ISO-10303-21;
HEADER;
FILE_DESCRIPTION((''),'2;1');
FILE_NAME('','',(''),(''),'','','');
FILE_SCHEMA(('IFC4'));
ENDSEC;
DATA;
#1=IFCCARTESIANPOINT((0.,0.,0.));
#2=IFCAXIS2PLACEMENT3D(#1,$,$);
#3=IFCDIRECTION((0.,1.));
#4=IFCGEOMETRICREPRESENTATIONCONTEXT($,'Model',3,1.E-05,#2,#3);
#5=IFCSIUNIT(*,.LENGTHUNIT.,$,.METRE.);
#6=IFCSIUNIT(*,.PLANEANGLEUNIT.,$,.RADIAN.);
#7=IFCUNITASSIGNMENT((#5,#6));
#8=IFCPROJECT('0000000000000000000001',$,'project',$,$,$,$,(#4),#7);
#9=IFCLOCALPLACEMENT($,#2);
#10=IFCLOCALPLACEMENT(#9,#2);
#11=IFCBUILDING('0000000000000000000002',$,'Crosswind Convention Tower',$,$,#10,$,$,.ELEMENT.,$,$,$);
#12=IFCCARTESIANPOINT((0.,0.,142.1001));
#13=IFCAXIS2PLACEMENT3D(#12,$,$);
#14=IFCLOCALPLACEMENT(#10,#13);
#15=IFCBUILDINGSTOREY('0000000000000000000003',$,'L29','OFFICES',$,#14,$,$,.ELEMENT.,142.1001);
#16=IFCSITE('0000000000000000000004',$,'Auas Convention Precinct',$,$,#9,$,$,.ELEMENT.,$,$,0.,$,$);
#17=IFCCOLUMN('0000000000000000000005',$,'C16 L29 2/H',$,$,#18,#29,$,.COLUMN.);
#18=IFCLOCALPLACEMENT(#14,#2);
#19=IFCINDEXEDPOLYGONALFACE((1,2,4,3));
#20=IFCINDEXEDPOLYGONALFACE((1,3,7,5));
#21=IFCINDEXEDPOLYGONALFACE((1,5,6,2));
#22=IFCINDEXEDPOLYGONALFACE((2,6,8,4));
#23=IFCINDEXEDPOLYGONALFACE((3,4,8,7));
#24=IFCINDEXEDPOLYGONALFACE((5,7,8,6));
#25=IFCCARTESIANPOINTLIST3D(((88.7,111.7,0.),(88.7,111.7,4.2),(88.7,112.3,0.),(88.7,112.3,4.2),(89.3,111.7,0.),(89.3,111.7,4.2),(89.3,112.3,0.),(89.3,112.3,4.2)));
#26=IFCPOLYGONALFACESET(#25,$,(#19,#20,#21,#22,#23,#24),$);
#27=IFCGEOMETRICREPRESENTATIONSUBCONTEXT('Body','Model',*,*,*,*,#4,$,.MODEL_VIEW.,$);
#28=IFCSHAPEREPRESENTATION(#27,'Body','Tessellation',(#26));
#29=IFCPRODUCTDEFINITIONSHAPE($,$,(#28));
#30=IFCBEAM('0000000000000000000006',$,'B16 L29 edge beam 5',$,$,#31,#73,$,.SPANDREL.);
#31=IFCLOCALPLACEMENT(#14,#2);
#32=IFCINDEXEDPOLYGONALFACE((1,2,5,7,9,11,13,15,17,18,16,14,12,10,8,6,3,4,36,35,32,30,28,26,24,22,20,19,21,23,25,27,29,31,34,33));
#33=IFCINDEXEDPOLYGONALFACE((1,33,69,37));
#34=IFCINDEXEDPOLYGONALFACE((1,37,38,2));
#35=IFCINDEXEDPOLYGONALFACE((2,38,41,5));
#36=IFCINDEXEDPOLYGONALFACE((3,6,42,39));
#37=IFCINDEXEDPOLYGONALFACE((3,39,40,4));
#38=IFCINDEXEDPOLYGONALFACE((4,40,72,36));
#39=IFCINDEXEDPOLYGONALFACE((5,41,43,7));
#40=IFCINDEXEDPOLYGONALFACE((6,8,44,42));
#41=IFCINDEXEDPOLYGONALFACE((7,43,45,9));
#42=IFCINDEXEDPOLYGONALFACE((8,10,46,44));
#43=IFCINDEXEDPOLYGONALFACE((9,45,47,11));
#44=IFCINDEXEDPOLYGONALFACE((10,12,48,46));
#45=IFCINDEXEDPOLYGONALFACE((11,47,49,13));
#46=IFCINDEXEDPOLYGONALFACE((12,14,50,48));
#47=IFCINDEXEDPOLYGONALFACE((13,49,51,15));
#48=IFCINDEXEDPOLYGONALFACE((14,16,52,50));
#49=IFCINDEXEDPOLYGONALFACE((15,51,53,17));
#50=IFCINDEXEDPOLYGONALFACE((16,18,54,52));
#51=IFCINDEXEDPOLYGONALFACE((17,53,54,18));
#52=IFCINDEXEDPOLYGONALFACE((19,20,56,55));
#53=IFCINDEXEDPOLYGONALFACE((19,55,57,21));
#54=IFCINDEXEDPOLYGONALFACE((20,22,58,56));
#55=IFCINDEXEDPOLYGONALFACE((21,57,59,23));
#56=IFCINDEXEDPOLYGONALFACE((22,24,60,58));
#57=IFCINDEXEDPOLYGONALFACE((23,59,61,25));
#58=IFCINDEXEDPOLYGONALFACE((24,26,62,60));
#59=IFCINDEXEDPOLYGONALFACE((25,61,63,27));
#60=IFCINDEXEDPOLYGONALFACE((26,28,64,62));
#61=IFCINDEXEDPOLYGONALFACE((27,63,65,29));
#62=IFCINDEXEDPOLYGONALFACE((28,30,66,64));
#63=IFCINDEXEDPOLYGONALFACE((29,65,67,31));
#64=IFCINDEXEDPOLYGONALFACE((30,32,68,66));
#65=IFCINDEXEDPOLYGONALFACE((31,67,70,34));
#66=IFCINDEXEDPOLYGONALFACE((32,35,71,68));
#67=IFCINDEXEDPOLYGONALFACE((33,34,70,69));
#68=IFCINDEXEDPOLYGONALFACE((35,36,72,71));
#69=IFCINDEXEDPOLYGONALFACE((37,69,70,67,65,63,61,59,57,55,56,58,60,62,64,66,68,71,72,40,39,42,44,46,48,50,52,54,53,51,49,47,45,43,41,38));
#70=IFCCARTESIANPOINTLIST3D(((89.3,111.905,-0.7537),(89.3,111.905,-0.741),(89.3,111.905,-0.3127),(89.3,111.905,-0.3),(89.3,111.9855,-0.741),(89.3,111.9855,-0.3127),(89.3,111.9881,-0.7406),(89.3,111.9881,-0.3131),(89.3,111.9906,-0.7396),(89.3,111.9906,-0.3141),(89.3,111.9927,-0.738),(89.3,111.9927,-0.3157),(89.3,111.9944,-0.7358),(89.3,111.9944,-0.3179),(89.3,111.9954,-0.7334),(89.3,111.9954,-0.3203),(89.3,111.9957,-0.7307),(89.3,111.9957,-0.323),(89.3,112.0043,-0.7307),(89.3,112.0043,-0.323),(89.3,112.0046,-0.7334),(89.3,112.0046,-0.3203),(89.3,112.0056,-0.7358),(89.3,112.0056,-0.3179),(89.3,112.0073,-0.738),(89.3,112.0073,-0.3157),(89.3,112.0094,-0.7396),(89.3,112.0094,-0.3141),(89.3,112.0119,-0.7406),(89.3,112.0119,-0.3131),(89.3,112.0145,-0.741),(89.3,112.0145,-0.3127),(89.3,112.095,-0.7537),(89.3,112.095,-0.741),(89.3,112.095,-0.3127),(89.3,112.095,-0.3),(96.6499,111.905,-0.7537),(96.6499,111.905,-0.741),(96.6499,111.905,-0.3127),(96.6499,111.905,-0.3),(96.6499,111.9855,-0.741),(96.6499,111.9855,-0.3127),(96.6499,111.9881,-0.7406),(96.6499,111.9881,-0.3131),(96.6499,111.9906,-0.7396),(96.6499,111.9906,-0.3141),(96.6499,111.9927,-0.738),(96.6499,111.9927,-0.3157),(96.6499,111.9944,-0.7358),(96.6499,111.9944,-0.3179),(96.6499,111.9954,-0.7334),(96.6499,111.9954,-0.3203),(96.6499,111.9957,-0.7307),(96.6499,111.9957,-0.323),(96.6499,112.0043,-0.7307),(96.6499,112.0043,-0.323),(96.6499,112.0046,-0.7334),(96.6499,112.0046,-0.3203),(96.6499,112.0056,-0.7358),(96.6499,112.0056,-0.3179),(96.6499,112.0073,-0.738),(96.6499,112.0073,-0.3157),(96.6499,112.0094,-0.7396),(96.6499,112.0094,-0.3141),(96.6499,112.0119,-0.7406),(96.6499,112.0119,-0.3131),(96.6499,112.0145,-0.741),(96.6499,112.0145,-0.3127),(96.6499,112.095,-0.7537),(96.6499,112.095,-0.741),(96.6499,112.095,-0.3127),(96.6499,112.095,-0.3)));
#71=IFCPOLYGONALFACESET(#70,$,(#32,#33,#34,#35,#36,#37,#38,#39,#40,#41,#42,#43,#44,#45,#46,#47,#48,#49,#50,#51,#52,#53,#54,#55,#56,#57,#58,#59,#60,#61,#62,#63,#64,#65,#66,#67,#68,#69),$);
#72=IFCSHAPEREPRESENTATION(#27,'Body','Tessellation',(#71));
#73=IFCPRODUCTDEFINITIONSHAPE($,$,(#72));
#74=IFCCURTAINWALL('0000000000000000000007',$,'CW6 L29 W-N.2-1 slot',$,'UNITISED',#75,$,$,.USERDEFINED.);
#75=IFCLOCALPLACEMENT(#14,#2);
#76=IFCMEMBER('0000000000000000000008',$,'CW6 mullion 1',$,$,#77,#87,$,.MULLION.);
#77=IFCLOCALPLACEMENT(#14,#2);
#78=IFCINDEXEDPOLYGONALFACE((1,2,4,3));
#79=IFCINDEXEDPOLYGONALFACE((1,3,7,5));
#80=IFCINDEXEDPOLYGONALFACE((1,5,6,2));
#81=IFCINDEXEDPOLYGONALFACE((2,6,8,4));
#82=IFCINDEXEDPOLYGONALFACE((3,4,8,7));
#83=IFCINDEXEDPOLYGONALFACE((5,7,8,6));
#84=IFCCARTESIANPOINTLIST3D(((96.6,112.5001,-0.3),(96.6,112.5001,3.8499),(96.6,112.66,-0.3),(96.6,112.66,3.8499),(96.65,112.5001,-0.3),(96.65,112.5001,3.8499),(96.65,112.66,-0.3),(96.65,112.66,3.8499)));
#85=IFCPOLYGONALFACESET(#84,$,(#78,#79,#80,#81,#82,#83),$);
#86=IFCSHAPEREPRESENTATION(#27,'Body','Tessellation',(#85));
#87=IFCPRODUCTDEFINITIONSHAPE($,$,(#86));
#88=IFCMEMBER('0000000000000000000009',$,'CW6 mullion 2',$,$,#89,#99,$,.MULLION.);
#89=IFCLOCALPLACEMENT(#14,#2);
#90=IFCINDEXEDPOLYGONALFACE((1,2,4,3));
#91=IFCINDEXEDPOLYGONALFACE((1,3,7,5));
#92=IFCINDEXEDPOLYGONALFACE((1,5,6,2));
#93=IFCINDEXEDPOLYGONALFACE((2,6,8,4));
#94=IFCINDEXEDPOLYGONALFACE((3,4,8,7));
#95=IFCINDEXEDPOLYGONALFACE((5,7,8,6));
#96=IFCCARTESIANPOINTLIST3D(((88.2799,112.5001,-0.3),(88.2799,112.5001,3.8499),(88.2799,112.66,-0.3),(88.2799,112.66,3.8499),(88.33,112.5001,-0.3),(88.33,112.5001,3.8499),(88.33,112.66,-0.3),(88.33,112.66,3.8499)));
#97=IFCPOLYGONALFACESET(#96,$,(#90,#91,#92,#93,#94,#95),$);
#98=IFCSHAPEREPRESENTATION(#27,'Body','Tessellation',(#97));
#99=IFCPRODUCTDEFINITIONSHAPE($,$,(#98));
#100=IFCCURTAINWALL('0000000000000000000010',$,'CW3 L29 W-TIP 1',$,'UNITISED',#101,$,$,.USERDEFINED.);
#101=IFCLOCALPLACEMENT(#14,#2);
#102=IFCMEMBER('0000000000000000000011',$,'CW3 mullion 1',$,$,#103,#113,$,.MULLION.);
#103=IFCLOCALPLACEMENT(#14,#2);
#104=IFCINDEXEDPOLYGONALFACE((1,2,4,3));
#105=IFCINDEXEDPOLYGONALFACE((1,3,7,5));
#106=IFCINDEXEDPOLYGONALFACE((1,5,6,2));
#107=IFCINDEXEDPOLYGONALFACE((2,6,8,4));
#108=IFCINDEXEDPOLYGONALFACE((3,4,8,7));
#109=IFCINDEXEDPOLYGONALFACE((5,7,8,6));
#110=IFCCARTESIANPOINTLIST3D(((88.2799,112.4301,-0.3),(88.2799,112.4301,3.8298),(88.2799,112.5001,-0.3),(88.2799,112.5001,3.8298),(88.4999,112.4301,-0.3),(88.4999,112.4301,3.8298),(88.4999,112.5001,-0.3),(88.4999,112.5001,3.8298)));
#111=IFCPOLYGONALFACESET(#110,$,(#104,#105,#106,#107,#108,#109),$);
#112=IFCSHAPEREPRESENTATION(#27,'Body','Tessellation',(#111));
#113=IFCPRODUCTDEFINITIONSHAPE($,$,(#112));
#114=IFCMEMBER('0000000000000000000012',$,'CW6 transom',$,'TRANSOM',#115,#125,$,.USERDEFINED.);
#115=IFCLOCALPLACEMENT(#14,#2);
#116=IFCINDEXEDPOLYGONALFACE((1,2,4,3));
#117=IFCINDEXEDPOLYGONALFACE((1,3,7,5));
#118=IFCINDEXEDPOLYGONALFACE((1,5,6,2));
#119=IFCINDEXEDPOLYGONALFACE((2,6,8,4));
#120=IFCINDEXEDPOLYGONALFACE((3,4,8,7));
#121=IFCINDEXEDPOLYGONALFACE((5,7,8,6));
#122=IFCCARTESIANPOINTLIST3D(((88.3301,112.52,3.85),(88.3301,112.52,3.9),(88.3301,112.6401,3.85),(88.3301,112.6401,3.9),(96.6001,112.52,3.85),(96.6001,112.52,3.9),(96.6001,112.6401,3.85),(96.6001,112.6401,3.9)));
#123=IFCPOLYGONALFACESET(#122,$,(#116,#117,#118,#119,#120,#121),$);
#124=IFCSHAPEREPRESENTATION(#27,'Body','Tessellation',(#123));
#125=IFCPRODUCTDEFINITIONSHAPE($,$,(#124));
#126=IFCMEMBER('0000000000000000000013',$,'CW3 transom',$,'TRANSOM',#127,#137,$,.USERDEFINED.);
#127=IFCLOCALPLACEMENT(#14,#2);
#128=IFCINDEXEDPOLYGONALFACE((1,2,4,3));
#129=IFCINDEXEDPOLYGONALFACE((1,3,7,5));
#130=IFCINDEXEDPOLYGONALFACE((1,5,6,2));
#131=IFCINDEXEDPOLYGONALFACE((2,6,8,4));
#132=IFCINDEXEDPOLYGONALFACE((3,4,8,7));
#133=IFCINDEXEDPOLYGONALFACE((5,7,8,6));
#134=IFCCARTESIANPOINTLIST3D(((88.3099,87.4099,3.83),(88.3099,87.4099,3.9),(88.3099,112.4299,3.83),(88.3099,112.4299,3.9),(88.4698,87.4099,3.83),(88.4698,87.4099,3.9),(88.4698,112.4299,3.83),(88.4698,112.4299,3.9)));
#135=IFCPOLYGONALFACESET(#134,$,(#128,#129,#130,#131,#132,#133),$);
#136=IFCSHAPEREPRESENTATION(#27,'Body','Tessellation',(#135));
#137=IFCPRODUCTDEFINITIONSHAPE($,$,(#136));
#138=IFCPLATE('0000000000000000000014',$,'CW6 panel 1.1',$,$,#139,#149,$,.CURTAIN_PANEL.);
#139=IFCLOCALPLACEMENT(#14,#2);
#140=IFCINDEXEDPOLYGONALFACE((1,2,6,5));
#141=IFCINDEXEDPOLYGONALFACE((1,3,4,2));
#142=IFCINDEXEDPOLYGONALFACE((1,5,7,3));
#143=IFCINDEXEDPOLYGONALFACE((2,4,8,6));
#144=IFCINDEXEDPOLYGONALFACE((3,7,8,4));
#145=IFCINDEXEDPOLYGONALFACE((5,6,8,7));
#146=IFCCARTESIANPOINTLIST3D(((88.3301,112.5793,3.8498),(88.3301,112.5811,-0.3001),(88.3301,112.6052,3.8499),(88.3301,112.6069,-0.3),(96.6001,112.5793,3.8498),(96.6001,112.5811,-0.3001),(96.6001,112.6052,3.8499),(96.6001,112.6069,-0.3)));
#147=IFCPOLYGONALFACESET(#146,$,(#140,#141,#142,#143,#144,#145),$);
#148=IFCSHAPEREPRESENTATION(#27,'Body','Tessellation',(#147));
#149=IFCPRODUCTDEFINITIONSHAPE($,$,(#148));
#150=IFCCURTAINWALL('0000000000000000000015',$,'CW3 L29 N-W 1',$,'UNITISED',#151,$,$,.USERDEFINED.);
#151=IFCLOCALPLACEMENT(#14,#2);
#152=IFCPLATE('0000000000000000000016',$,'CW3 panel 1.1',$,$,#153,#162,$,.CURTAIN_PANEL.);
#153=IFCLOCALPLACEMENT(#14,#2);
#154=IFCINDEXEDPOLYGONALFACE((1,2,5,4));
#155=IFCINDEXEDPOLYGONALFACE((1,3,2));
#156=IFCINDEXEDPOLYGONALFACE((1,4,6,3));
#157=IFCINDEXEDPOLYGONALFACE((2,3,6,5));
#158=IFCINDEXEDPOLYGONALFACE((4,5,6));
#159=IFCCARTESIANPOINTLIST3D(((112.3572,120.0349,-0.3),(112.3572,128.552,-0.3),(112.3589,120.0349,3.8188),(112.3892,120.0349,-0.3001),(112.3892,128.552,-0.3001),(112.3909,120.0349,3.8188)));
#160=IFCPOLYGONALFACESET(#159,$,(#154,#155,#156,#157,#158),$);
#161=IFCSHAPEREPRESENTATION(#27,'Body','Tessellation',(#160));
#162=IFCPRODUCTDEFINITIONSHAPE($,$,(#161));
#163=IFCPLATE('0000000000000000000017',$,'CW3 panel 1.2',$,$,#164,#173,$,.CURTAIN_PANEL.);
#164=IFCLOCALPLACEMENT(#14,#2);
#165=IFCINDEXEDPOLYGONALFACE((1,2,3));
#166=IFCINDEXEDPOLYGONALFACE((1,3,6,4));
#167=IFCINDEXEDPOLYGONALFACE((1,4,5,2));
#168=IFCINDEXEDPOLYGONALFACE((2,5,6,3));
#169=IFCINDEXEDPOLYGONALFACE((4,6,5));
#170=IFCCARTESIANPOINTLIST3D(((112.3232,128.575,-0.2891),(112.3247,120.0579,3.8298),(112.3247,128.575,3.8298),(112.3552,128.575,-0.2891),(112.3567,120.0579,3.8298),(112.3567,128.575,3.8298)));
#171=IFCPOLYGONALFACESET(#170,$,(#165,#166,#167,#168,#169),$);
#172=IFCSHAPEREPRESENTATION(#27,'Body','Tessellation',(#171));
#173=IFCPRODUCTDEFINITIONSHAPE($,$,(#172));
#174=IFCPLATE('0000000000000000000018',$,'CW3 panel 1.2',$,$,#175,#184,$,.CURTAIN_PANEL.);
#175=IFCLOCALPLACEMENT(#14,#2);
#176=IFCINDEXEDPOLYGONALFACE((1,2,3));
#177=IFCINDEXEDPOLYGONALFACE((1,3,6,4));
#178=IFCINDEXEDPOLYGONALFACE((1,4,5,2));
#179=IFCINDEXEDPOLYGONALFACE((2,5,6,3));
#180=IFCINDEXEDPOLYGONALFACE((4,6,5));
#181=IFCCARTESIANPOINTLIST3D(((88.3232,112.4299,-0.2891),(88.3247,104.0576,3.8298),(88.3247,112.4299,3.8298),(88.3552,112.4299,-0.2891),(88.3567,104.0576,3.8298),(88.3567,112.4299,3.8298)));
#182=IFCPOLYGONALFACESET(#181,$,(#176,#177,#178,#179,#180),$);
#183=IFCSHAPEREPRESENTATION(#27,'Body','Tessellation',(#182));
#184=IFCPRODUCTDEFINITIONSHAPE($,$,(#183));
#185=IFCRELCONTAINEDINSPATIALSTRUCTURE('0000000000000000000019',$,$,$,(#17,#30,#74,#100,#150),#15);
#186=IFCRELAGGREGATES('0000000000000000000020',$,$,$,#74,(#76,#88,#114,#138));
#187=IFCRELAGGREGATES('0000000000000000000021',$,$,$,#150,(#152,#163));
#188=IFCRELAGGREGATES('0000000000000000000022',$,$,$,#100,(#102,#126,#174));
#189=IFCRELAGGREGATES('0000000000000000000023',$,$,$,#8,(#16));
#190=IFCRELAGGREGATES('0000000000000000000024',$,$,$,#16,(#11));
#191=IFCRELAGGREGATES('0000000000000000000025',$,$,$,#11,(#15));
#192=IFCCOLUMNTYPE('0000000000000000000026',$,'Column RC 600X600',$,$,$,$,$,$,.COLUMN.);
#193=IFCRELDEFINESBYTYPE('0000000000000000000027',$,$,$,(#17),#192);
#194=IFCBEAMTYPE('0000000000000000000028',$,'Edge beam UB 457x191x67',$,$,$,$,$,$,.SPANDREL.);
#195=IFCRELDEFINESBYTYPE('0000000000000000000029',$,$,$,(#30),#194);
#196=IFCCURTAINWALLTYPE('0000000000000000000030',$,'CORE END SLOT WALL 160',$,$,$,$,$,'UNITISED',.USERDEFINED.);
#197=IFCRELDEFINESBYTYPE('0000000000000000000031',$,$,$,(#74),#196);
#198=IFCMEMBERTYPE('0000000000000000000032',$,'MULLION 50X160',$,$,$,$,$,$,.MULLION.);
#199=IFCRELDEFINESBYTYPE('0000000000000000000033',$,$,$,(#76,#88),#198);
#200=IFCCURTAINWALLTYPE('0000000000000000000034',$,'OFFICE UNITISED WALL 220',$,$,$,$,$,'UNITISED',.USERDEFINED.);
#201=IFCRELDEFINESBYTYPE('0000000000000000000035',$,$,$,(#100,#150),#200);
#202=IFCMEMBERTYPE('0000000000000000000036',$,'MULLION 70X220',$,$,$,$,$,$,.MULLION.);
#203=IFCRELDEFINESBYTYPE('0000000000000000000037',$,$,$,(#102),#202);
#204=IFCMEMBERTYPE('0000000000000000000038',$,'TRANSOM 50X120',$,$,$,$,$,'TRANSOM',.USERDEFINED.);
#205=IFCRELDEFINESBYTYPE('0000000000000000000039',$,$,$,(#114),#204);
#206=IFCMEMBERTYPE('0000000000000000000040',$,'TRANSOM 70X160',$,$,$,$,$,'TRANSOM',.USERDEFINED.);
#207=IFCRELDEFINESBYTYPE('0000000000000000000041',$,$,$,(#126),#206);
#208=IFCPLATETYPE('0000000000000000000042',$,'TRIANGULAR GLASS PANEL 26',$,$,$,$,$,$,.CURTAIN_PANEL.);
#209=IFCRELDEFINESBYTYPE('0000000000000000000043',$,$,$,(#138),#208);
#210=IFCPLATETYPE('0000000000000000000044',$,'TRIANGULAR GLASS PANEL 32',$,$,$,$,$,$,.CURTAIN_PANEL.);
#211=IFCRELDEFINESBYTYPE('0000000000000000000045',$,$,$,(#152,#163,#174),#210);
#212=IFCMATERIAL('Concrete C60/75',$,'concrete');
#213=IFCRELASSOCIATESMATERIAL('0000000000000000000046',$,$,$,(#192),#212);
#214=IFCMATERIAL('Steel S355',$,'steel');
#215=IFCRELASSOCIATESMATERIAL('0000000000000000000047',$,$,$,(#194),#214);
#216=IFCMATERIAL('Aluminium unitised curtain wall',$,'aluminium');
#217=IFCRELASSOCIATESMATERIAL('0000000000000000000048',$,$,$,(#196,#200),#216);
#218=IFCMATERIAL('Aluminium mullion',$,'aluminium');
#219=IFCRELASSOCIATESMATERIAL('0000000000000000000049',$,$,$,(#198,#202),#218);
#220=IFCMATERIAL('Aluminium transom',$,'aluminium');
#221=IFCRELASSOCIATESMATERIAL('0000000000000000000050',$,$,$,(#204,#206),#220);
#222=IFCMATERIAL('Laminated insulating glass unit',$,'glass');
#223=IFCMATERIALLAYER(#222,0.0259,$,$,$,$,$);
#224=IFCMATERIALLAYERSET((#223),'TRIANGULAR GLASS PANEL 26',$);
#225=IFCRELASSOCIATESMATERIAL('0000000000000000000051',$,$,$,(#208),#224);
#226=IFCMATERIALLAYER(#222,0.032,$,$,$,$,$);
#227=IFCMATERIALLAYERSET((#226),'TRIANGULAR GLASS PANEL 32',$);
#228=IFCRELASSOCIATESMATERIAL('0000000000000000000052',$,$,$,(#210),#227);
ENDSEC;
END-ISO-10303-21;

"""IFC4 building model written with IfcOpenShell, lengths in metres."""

from ifc_helpers import new_model, si_unit, direction, frame, origin, origin_2d, place, context, subcontext, project, spatial, polyline, rectangle, i_section, outline, extrude, material, layer, layer_set, material_profile, profile_set, type_object, element, aggregate, save


model = new_model("IFC4")

# Units and contexts
model_context = context("Model", 3, precision=1e-05, world=origin(), true_north=direction((0.0, 1.0)))
body_context = subcontext(model_context, "Body", "Model", "MODEL_VIEW")
ifc_project = project(units=[si_unit("LENGTHUNIT", "METRE"), si_unit("PLANEANGLEUNIT", "RADIAN")], contexts=[model_context])

# Site, building, storey
site_placement = place(None, origin())
site = spatial("IfcSite", under=ifc_project, at=site_placement, Name="Auas Convention Precinct", CompositionType="ELEMENT", RefElevation=0.0)
building_placement = place(site_placement, origin())
building = spatial("IfcBuilding", under=site, at=building_placement, Name="Crosswind Convention Tower", CompositionType="ELEMENT")
storey_placement = place(building_placement, frame((0.0, 0.0, 142.1001)))
storey = spatial("IfcBuildingStorey", under=building, at=storey_placement, Name="L29", Description="OFFICES", CompositionType="ELEMENT", Elevation=142.1001)

# Column
ifc_material_1 = material(Name="Concrete C60/75", Category="concrete")
ifc_material_profile_1 = material_profile(ifc_material_1, rectangle(XDim=0.6001, YDim=0.6001, at=origin_2d()), Name="RC 600X600")
ifc_profile_set_1 = profile_set([ifc_material_profile_1], Name="Concrete C60/75")
column_type = type_object("IfcColumnType", Name="Column RC 600X600", PredefinedType="COLUMN", material=ifc_profile_set_1)
column_placement = place(storey_placement, frame((89.0, 112.0, 0.0), z_axis=(0.0, 0.0, 1.0), x_axis=(1.0, 0.0, 0.0)))
element("IfcColumn", 1, at=column_placement, inside=storey, type_object=column_type, Name="C16 L29 2/H", PredefinedType="COLUMN", context=body_context, shape_type="SweptSolid", body=[
    extrude(rectangle(XDim=0.6001, YDim=0.6001, at=origin_2d()), origin(), (0.0, 0.0, 1.0), 4.2),
])

# Beam
ifc_material_2 = material(Name="Steel S355", Category="steel")
ifc_material_profile_2 = material_profile(ifc_material_2, i_section(OverallWidth=0.1899, OverallDepth=0.4536, WebThickness=0.0085, FlangeThickness=0.0127, FilletRadius=0.0103, at=origin_2d()), Name="UB 457x191x67")
ifc_profile_set_2 = profile_set([ifc_material_profile_2], Name="Steel S355")
beam_type = type_object("IfcBeamType", Name="Edge beam UB 457x191x67", PredefinedType="SPANDREL", material=ifc_profile_set_2)
beam_placement = place(storey_placement, frame((89.3, 112.0, -0.5269), z_axis=(1.0, 0.0, 0.0), x_axis=(0.0, 1.0, 0.0)))
element("IfcBeam", 2, at=beam_placement, inside=storey, type_object=beam_type, Name="B16 L29 edge beam 5", PredefinedType="SPANDREL", context=body_context, shape_type="SweptSolid", body=[
    extrude(i_section(OverallWidth=0.1899, OverallDepth=0.4536, WebThickness=0.0085, FlangeThickness=0.0127, FilletRadius=0.0103, at=origin_2d()), origin(), (0.0, 0.0, 1.0), 7.3499),
])

# Curtain wall, members
ifc_material_3 = material(Name="Aluminium unitised curtain wall", Category="aluminium")
curtain_wall_type_1 = type_object("IfcCurtainWallType", Name="CORE END SLOT WALL 160", ElementType="UNITISED", PredefinedType="USERDEFINED", material=ifc_material_3)
curtain_wall_1_placement = place(storey_placement, origin())
curtain_wall_1 = element("IfcCurtainWall", 3, at=curtain_wall_1_placement, inside=storey, type_object=curtain_wall_type_1, Name="CW6 L29 W-N.2-1 slot", ObjectType="UNITISED", PredefinedType="USERDEFINED")
ifc_material_4 = material(Name="Aluminium mullion", Category="aluminium")
ifc_material_profile_3 = material_profile(ifc_material_4, rectangle(XDim=0.1599, YDim=0.05, at=origin_2d()), Name="AL 160X50")
ifc_profile_set_3 = profile_set([ifc_material_profile_3], Name="Aluminium mullion")
member_type_1 = type_object("IfcMemberType", Name="MULLION 50X160", PredefinedType="MULLION", material=ifc_profile_set_3)
member_1_placement = place(storey_placement, frame((96.625, 112.5801, -0.3), z_axis=(0.0, 0.0, 1.0), x_axis=(0.0, 1.0, 0.0)))
member_1 = element("IfcMember", 4, at=member_1_placement, type_object=member_type_1, Name="CW6 mullion 1", PredefinedType="MULLION", context=body_context, shape_type="SweptSolid", body=[
    extrude(rectangle(XDim=0.1599, YDim=0.05, at=origin_2d()), origin(), (0.0, 0.0, 1.0), 4.1499),
])
member_2_placement = place(storey_placement, frame((88.3049, 112.5801, -0.3), z_axis=(0.0, 0.0, 1.0), x_axis=(0.0, 1.0, 0.0)))
member_2 = element("IfcMember", 5, at=member_2_placement, type_object=member_type_1, Name="CW6 mullion 2", PredefinedType="MULLION", context=body_context, shape_type="SweptSolid", body=[
    extrude(rectangle(XDim=0.1599, YDim=0.05, at=origin_2d()), origin(), (0.0, 0.0, 1.0), 4.1499),
])

# Curtain wall, member
curtain_wall_type_2 = type_object("IfcCurtainWallType", Name="OFFICE UNITISED WALL 220", ElementType="UNITISED", PredefinedType="USERDEFINED", material=ifc_material_3)
curtain_wall_2_placement = place(storey_placement, origin())
curtain_wall_2 = element("IfcCurtainWall", 6, at=curtain_wall_2_placement, inside=storey, type_object=curtain_wall_type_2, Name="CW3 L29 W-TIP 1", ObjectType="UNITISED", PredefinedType="USERDEFINED")
ifc_material_profile_4 = material_profile(ifc_material_4, rectangle(XDim=0.22, YDim=0.0701, at=origin_2d()), Name="AL 220X70")
ifc_profile_set_4 = profile_set([ifc_material_profile_4], Name="Aluminium mullion")
member_type_2 = type_object("IfcMemberType", Name="MULLION 70X220", PredefinedType="MULLION", material=ifc_profile_set_4)
member_3_placement = place(storey_placement, frame((88.3899, 112.4651, -0.3), z_axis=(0.0, 0.0, 1.0), x_axis=(-1.0, 0.0, 0.0)))
member_3 = element("IfcMember", 7, at=member_3_placement, type_object=member_type_2, Name="CW3 mullion 1", PredefinedType="MULLION", context=body_context, shape_type="SweptSolid", body=[
    extrude(rectangle(XDim=0.22, YDim=0.0701, at=origin_2d()), origin(), (0.0, 0.0, 1.0), 4.1299),
])

# Members
ifc_material_5 = material(Name="Aluminium transom", Category="aluminium")
ifc_material_profile_5 = material_profile(ifc_material_5, rectangle(XDim=0.1201, YDim=0.05, at=origin_2d()), Name="AL 120X50")
ifc_profile_set_5 = profile_set([ifc_material_profile_5], Name="Aluminium transom")
member_type_3 = type_object("IfcMemberType", Name="TRANSOM 50X120", ElementType="TRANSOM", PredefinedType="USERDEFINED", material=ifc_profile_set_5)
member_4_placement = place(storey_placement, frame((96.6001, 112.5801, 3.875), z_axis=(-1.0, 0.0, 0.0), x_axis=(0.0, -1.0, 0.0)))
member_4 = element("IfcMember", 8, at=member_4_placement, type_object=member_type_3, Name="CW6 transom", ObjectType="TRANSOM", PredefinedType="USERDEFINED", context=body_context, shape_type="SweptSolid", body=[
    extrude(rectangle(XDim=0.1201, YDim=0.05, at=origin_2d()), origin(), (0.0, 0.0, 1.0), 8.27),
])
ifc_material_profile_6 = material_profile(ifc_material_5, rectangle(XDim=0.1599, YDim=0.0701, at=origin_2d()), Name="AL 160X70")
ifc_profile_set_6 = profile_set([ifc_material_profile_6], Name="Aluminium transom")
member_type_4 = type_object("IfcMemberType", Name="TRANSOM 70X160", ElementType="TRANSOM", PredefinedType="USERDEFINED", material=ifc_profile_set_6)
member_5_placement = place(storey_placement, frame((88.3899, 112.4299, 3.865), z_axis=(0.0, -1.0, 0.0), x_axis=(1.0, 0.0, 0.0)))
member_5 = element("IfcMember", 9, at=member_5_placement, type_object=member_type_4, Name="CW3 transom", ObjectType="TRANSOM", PredefinedType="USERDEFINED", context=body_context, shape_type="SweptSolid", body=[
    extrude(rectangle(XDim=0.1599, YDim=0.0701, at=origin_2d()), origin(), (0.0, 0.0, 1.0), 25.02),
])

# Plate
ifc_material_6 = material(Name="Laminated insulating glass unit", Category="glass")
ifc_layer_1 = layer(ifc_material_6, 0.0259)
ifc_layer_set_1 = layer_set([ifc_layer_1], Name="TRIANGULAR GLASS PANEL 26")
plate_type_1 = type_object("IfcPlateType", Name="TRIANGULAR GLASS PANEL 26", PredefinedType="CURTAIN_PANEL", material=ifc_layer_set_1)
plate_1_placement = place(storey_placement, frame((96.6001, 112.6069, -0.3), z_axis=(0.0, 1.0, 0.000412), x_axis=(-1.0, 0.0, 0.0)))
plate_1 = element("IfcPlate", 10, at=plate_1_placement, type_object=plate_type_1, Name="CW6 panel 1.1", PredefinedType="CURTAIN_PANEL", context=body_context, shape_type="SweptSolid", body=[
    extrude(outline(polyline([(0.0, 0.0), (8.27, 0.0), (8.27, 4.1499), (0.0, 4.1499), (0.0, 0.0)])), origin(), (0.0, 0.0, -1.0), 0.0259),
])
aggregate(curtain_wall_1, [member_1, member_2, member_4, plate_1])

# Curtain wall, plates
curtain_wall_3_placement = place(storey_placement, origin())
curtain_wall_3 = element("IfcCurtainWall", 11, at=curtain_wall_3_placement, inside=storey, type_object=curtain_wall_type_2, Name="CW3 L29 N-W 1", ObjectType="UNITISED", PredefinedType="USERDEFINED")
ifc_layer_2 = layer(ifc_material_6, 0.032)
ifc_layer_set_2 = layer_set([ifc_layer_2], Name="TRIANGULAR GLASS PANEL 32")
plate_type_2 = type_object("IfcPlateType", Name="TRIANGULAR GLASS PANEL 32", PredefinedType="CURTAIN_PANEL", material=ifc_layer_set_2)
plate_2_placement = place(storey_placement, frame((112.3572, 120.0349, -0.3), z_axis=(-1.0, 0.0, 0.000415), x_axis=(0.000415, 0.0, 1.0)))
plate_2 = element("IfcPlate", 12, at=plate_2_placement, type_object=plate_type_2, Name="CW3 panel 1.1", PredefinedType="CURTAIN_PANEL", context=body_context, shape_type="SweptSolid", body=[
    extrude(outline(polyline([(0.0, 0.0), (4.1189, 0.0), (0.0, 8.5171), (0.0, 0.0)])), origin(), (0.0, 0.0, -1.0), 0.032),
])
plate_3_placement = place(storey_placement, frame((112.3247, 128.575, 3.8298), z_axis=(-1.0, 0.0, 0.000356), x_axis=(-0.000356, 0.0, -1.0)))
plate_3 = element("IfcPlate", 13, at=plate_3_placement, type_object=plate_type_2, Name="CW3 panel 1.2", PredefinedType="CURTAIN_PANEL", context=body_context, shape_type="SweptSolid", body=[
    extrude(outline(polyline([(0.0, 0.0), (4.1189, 0.0), (0.0, 8.5171), (0.0, 0.0)])), origin(), (0.0, 0.0, -1.0), 0.032),
])

# Plate
plate_4_placement = place(storey_placement, frame((88.3247, 112.4299, 3.8298), z_axis=(-1.0, 0.0, 0.000356), x_axis=(-0.000356, 0.0, -1.0)))
plate_4 = element("IfcPlate", 14, at=plate_4_placement, type_object=plate_type_2, Name="CW3 panel 1.2", PredefinedType="CURTAIN_PANEL", context=body_context, shape_type="SweptSolid", body=[
    extrude(outline(polyline([(0.0, 0.0), (4.1189, 0.0), (0.0, 8.3723), (0.0, 0.0)])), origin(), (0.0, 0.0, -1.0), 0.032),
])

aggregate(curtain_wall_3, [plate_2, plate_3])
aggregate(curtain_wall_2, [member_3, member_5, plate_4])

save(model, "model.ifc")
